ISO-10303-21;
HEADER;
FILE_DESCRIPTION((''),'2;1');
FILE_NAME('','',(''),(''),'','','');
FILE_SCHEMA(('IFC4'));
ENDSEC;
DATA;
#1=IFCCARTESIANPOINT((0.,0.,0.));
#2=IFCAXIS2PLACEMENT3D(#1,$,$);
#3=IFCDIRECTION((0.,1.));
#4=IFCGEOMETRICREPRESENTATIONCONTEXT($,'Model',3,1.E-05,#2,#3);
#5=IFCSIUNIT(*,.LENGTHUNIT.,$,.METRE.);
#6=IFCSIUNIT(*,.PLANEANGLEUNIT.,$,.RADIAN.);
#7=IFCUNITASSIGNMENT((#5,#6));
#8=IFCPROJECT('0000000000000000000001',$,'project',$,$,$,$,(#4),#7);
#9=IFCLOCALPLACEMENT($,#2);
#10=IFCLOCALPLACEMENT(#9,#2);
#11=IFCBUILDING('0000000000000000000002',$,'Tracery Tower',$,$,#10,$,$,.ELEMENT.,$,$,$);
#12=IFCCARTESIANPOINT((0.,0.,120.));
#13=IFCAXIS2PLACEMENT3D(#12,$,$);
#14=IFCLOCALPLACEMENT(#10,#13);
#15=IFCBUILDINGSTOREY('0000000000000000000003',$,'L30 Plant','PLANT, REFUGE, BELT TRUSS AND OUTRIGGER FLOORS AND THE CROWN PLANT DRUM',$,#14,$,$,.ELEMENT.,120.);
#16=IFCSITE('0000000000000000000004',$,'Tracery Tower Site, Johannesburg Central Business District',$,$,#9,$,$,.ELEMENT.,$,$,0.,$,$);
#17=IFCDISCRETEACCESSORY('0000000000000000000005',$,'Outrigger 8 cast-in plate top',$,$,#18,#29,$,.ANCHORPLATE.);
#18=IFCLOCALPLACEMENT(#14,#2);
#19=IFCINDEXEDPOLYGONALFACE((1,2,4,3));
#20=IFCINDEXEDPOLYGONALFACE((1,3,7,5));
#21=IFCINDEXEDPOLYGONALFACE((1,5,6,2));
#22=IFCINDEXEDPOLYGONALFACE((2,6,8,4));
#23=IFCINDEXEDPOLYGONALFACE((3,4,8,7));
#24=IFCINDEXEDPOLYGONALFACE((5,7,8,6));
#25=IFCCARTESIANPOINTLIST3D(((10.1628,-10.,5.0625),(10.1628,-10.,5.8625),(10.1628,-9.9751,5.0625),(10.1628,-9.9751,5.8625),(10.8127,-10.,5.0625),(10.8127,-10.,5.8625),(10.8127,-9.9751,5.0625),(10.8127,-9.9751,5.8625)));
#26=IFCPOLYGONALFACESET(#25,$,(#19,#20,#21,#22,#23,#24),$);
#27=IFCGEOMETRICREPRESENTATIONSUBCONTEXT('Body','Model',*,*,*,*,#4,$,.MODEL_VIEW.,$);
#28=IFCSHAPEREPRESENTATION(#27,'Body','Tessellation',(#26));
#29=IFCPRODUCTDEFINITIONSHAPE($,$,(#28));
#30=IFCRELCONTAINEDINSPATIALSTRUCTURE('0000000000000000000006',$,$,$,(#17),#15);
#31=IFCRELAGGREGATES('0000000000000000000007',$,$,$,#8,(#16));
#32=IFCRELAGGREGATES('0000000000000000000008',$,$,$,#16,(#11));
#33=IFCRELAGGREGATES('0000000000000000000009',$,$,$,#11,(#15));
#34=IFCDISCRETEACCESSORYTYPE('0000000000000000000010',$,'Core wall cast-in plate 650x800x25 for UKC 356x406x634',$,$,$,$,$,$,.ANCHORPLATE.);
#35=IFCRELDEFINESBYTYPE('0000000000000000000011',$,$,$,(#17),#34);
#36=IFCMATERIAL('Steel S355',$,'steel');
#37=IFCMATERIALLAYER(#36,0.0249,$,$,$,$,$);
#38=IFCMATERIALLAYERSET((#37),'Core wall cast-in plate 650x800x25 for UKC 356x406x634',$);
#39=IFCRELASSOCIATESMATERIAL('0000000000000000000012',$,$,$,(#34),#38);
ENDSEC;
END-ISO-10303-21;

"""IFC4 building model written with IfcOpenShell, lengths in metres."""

from ifc_helpers import new_model, si_unit, direction, frame, origin, origin_2d, place, context, subcontext, project, spatial, rectangle, extrude, material, layer, layer_set, type_object, element, save


model = new_model("IFC4")

# Units and contexts
model_context = context("Model", 3, precision=1e-05, world=origin(), true_north=direction((0.0, 1.0)))
body_context = subcontext(model_context, "Body", "Model", "MODEL_VIEW")
ifc_project = project(units=[si_unit("LENGTHUNIT", "METRE"), si_unit("PLANEANGLEUNIT", "RADIAN")], contexts=[model_context])

# Site, building, storey
site_placement = place(None, origin())
site = spatial("IfcSite", under=ifc_project, at=site_placement, Name="Tracery Tower Site, Johannesburg Central Business District", CompositionType="ELEMENT", RefElevation=0.0)
building_placement = place(site_placement, origin())
building = spatial("IfcBuilding", under=site, at=building_placement, Name="Tracery Tower", CompositionType="ELEMENT")
storey_placement = place(building_placement, frame((0.0, 0.0, 120.0)))
storey = spatial("IfcBuildingStorey", under=building, at=storey_placement, Name="L30 Plant", Description="PLANT, REFUGE, BELT TRUSS AND OUTRIGGER FLOORS AND THE CROWN PLANT DRUM", CompositionType="ELEMENT", Elevation=120.0)

# Discrete accessory
ifc_material_1 = material(Name="Steel S355", Category="steel")
ifc_layer_1 = layer(ifc_material_1, 0.0249)
ifc_layer_set_1 = layer_set([ifc_layer_1], Name="Core wall cast-in plate 650x800x25 for UKC 356x406x634")
discrete_accessory_type_1 = type_object("IfcDiscreteAccessoryType", Name="Core wall cast-in plate 650x800x25 for UKC 356x406x634", PredefinedType="ANCHORPLATE", material=ifc_layer_set_1)
for number, where, z_axis, x_axis, name in (
    (1, (10.4878, -9.9875, 5.0625), (0.0, 0.0, 1.0), (1.0, 0.0, 0.0), "Outrigger 8 cast-in plate top"),
):
    element("IfcDiscreteAccessory", number, at=place(storey_placement, frame(where, z_axis=z_axis, x_axis=x_axis)), inside=storey, type_object=discrete_accessory_type_1, Name=name, PredefinedType="ANCHORPLATE", context=body_context, shape_type="SweptSolid", body=[
        extrude(rectangle(XDim=0.6499, YDim=0.0249, at=origin_2d()), origin(), (0.0, 0.0, 1.0), 0.8),
    ])

save(model, "model.ifc")
